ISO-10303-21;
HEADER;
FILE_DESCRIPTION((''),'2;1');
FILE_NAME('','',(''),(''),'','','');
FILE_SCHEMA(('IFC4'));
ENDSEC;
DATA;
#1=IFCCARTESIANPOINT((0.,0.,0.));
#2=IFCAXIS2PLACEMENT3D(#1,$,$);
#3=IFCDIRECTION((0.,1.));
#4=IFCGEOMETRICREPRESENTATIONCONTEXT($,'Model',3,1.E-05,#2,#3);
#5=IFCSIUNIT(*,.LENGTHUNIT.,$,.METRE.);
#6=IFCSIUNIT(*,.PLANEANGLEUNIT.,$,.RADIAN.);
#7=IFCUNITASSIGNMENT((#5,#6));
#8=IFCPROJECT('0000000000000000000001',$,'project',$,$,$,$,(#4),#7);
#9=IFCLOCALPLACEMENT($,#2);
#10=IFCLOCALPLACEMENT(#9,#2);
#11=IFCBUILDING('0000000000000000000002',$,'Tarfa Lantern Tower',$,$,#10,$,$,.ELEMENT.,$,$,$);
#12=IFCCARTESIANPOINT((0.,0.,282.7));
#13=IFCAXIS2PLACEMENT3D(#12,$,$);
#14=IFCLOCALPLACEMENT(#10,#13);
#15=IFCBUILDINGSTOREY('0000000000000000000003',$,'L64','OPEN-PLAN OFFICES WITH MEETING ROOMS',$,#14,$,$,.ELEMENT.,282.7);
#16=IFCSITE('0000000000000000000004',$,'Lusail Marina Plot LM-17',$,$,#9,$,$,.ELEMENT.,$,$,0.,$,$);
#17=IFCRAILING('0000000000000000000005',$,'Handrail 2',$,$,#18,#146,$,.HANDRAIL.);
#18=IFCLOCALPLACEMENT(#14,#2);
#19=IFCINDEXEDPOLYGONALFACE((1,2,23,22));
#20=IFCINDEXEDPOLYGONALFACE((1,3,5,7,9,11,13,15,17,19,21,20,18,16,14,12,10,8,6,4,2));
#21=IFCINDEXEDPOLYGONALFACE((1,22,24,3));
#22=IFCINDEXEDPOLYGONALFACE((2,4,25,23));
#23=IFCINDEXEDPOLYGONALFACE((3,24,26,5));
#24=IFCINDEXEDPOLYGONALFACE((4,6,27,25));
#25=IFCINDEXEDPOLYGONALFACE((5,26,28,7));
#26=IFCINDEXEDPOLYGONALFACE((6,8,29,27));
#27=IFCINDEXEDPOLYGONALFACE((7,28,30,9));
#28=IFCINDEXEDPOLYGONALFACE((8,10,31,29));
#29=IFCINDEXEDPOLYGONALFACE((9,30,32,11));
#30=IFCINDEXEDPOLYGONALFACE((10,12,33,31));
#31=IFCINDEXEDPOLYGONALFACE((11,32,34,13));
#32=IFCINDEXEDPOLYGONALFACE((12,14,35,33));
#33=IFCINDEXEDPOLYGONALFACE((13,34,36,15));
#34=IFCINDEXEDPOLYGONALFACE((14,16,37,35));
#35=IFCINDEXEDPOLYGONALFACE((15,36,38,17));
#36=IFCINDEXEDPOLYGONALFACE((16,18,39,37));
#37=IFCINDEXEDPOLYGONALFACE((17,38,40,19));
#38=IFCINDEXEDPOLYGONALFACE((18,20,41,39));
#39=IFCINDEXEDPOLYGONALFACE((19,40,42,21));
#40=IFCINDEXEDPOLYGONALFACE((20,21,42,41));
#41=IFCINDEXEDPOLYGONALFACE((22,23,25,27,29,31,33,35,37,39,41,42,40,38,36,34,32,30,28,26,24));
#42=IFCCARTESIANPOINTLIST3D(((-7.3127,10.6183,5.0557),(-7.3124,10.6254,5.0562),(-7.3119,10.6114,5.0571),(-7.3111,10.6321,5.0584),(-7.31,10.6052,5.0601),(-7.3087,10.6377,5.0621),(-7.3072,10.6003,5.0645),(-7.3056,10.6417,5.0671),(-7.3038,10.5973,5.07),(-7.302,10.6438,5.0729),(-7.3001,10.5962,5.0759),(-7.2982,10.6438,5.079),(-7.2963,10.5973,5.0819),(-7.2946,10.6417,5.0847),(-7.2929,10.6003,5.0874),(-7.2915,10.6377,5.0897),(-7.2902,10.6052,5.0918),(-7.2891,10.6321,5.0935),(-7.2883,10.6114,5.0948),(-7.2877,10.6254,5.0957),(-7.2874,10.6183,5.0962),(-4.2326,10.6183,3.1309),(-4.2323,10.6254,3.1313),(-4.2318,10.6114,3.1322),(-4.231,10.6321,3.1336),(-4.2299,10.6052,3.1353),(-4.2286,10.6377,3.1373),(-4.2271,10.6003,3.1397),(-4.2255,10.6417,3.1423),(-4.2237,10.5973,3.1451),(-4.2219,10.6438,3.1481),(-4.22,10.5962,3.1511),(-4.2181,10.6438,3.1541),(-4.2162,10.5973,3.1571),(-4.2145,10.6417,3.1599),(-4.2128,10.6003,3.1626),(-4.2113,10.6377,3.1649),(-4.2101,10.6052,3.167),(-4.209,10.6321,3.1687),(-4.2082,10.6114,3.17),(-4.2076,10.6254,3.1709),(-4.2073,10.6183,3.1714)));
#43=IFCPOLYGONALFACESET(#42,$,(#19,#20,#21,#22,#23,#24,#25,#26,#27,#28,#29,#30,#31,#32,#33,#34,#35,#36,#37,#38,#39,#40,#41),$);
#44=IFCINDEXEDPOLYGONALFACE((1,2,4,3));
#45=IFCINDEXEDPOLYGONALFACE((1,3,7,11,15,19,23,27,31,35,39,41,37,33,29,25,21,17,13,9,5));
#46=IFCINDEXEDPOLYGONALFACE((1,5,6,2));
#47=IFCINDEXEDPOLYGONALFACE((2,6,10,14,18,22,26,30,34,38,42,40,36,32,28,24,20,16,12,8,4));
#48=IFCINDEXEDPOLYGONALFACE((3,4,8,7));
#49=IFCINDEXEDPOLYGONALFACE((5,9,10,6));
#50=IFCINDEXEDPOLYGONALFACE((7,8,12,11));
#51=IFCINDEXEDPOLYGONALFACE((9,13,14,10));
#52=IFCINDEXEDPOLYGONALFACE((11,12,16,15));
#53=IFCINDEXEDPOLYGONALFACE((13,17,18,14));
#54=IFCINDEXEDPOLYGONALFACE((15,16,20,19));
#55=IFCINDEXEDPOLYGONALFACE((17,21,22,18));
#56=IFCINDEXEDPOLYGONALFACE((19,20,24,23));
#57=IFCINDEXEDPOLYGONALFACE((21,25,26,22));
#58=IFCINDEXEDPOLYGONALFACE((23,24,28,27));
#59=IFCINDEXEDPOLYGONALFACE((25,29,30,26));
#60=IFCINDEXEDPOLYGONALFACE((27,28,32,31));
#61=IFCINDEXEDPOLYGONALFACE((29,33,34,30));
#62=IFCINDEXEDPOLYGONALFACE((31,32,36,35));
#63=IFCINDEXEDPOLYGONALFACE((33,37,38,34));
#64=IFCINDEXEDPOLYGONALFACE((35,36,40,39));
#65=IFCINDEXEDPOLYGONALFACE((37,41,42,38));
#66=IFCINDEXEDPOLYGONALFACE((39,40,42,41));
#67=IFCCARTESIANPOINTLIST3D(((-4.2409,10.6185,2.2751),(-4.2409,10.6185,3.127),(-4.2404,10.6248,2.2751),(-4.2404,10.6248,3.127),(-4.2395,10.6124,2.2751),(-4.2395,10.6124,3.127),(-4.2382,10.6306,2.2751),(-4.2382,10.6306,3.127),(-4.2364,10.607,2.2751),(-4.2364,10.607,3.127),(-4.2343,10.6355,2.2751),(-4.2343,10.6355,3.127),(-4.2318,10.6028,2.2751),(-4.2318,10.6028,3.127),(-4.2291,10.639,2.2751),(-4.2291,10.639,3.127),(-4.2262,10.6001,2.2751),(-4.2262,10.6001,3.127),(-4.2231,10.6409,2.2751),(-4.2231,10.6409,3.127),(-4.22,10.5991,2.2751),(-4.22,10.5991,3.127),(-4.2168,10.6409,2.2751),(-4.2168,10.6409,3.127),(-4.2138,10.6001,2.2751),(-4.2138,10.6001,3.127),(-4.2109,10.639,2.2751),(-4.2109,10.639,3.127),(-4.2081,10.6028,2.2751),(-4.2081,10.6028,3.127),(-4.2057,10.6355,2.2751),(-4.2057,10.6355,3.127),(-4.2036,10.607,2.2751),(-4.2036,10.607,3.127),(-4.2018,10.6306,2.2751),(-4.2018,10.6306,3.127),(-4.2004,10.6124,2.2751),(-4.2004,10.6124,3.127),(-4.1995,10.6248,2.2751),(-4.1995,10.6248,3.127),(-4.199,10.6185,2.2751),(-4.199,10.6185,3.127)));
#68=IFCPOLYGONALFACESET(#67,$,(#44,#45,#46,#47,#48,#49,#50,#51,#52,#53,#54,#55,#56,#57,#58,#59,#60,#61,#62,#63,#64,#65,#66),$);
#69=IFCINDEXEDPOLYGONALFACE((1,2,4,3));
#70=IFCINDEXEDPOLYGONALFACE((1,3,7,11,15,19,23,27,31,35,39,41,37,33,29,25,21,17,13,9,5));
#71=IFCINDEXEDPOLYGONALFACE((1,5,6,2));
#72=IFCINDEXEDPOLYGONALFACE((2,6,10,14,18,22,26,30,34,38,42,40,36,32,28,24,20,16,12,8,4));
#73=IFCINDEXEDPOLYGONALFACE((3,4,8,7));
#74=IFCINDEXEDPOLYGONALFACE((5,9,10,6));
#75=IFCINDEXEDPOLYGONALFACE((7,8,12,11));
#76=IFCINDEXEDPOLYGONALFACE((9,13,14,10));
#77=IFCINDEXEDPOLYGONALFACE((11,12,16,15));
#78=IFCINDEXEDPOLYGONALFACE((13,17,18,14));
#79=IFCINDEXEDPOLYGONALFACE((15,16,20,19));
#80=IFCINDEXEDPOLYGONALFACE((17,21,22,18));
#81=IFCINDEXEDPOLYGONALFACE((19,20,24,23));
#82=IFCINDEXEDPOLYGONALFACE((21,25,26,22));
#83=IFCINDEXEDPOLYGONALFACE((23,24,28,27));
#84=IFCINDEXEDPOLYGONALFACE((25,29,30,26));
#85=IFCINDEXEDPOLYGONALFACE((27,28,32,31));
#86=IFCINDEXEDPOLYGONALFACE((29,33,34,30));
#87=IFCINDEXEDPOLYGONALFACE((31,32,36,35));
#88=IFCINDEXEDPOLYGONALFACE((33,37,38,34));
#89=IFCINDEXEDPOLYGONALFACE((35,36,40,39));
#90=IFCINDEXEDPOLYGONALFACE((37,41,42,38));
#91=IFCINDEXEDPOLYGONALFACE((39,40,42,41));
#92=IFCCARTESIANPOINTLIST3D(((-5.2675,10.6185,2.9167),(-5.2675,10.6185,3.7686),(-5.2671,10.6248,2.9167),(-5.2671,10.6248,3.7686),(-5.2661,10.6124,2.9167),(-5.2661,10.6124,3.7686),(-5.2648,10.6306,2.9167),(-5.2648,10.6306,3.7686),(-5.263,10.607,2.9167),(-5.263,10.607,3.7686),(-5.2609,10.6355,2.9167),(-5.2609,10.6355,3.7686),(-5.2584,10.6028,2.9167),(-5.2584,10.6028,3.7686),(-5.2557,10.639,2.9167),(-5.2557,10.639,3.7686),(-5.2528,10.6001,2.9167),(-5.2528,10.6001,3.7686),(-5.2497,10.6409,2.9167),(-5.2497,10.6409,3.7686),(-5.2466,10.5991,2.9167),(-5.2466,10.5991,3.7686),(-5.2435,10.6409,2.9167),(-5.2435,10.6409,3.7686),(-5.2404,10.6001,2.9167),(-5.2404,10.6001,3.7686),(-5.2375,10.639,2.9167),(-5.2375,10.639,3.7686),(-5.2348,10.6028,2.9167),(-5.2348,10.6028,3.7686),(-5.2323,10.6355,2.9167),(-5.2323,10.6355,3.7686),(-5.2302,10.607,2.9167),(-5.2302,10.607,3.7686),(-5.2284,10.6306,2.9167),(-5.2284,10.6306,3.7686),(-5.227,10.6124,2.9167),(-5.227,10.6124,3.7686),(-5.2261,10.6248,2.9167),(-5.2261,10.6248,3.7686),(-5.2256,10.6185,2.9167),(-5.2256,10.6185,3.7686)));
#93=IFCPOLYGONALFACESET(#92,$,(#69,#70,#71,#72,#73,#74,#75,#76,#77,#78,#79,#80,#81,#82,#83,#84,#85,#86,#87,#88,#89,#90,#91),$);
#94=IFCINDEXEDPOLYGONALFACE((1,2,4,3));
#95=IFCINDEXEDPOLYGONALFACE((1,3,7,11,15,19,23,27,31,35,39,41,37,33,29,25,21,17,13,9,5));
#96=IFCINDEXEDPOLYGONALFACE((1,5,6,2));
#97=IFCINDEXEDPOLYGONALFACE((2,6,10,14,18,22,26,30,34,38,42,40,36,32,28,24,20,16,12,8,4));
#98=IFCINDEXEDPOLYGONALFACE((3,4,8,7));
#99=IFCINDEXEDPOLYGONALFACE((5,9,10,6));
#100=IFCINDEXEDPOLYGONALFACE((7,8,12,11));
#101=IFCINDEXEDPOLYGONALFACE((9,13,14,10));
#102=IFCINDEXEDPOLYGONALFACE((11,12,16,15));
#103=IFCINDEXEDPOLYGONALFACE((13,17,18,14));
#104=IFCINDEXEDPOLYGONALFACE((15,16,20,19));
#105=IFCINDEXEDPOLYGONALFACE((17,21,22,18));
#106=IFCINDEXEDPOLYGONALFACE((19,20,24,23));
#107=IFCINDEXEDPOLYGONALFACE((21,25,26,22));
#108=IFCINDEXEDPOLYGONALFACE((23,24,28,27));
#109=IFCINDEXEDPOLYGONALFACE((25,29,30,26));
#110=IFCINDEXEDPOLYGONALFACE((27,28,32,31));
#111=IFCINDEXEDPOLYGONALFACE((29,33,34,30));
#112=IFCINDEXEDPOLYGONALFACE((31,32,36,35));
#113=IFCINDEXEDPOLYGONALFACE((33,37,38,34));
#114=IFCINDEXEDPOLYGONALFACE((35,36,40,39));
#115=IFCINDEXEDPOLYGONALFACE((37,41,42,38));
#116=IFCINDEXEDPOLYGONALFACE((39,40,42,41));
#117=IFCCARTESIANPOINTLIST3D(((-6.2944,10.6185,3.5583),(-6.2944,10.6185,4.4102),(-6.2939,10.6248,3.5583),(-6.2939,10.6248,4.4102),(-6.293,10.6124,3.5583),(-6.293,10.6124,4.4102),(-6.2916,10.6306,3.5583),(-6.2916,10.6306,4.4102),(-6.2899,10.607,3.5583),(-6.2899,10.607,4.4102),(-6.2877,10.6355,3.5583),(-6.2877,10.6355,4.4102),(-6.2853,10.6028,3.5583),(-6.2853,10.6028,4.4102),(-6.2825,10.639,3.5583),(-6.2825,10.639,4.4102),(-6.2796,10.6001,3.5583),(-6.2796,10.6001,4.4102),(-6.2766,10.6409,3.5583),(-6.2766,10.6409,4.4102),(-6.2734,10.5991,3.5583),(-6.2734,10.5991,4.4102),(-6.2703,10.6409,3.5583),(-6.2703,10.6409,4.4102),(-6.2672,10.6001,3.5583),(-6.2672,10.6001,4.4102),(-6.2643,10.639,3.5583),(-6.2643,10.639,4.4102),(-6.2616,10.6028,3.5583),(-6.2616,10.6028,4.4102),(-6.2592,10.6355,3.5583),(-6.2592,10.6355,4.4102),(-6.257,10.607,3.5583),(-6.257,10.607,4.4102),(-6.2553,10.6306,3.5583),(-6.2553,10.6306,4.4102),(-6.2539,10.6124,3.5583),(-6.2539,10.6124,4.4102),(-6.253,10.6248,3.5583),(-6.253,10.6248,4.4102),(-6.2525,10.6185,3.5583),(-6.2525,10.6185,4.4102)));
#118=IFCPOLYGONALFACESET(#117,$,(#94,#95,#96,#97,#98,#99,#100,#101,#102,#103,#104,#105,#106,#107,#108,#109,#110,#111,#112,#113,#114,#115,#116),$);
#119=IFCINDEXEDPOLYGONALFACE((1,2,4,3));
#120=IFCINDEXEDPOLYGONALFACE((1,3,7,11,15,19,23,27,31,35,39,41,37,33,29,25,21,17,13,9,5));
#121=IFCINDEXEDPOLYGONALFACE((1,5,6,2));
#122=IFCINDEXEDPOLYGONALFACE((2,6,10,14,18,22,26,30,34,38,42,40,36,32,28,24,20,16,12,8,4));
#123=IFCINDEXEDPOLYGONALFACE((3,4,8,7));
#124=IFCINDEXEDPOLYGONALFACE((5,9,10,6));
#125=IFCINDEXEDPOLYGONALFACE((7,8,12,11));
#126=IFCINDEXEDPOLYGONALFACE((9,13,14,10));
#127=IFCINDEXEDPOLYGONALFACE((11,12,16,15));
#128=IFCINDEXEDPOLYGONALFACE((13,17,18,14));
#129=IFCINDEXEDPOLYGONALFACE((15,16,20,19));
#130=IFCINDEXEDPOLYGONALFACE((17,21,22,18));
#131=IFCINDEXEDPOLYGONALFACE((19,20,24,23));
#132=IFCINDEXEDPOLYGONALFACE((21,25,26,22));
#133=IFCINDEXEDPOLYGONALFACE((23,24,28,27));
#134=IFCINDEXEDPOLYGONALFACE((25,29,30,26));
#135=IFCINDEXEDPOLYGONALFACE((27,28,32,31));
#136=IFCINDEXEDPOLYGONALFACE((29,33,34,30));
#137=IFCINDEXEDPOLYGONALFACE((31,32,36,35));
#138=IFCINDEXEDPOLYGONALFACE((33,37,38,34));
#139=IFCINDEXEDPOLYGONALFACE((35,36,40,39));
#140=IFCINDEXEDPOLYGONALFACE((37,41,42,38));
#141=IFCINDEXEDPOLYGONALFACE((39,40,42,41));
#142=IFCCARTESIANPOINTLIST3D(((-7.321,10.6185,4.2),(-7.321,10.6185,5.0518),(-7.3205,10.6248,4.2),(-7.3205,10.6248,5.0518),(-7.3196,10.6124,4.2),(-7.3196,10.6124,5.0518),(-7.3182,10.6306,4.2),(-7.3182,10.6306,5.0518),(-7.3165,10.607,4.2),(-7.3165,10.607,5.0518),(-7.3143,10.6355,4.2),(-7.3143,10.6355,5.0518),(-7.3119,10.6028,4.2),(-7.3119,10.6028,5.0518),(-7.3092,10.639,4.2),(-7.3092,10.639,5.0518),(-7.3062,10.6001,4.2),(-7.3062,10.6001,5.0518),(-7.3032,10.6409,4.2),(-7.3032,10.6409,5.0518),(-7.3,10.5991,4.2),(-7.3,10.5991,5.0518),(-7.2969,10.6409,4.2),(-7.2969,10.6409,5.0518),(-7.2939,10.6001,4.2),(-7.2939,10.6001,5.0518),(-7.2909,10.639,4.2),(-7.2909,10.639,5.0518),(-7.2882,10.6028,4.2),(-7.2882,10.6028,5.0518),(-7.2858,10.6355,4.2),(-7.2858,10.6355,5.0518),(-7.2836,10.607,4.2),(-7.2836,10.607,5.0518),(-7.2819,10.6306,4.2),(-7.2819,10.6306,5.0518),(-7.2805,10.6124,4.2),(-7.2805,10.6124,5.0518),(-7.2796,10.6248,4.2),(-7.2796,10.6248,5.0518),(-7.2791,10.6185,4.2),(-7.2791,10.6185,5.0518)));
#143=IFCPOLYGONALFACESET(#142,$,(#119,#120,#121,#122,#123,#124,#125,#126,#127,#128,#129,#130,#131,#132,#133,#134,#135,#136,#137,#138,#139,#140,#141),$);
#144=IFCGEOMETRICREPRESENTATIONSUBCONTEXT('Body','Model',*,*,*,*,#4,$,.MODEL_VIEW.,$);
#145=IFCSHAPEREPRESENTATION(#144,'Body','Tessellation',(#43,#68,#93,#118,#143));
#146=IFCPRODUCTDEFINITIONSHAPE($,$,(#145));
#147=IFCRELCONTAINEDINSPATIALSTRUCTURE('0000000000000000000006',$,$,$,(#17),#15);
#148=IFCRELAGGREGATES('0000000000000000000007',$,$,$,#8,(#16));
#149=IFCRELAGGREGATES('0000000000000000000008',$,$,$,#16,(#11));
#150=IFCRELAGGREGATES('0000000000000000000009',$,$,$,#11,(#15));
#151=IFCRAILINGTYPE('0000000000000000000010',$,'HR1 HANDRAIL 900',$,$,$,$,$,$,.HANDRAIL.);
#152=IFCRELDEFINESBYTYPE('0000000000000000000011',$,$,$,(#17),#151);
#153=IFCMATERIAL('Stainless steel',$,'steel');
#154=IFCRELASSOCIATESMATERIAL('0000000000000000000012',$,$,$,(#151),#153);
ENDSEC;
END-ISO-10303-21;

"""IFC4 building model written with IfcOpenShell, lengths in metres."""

from ifc_helpers import new_model, si_unit, direction, frame, origin, origin_2d, place, context, subcontext, project, spatial, circle, extrude, material, type_object, element, save


model = new_model("IFC4")

# Units and contexts
model_context = context("Model", 3, precision=1e-05, world=origin(), true_north=direction((0.0, 1.0)))
body_context = subcontext(model_context, "Body", "Model", "MODEL_VIEW")
ifc_project = project(units=[si_unit("LENGTHUNIT", "METRE"), si_unit("PLANEANGLEUNIT", "RADIAN")], contexts=[model_context])

# Site, building, storey
site_placement = place(None, origin())
site = spatial("IfcSite", under=ifc_project, at=site_placement, Name="Lusail Marina Plot LM-17", CompositionType="ELEMENT", RefElevation=0.0)
building_placement = place(site_placement, origin())
building = spatial("IfcBuilding", under=site, at=building_placement, Name="Tarfa Lantern Tower", CompositionType="ELEMENT")
storey_placement = place(building_placement, frame((0.0, 0.0, 282.7)))
storey = spatial("IfcBuildingStorey", under=building, at=storey_placement, Name="L64", Description="OPEN-PLAN OFFICES WITH MEETING ROOMS", CompositionType="ELEMENT", Elevation=282.7)

# Railing
ifc_material_1 = material(Name="Stainless steel", Category="steel")
railing_type = type_object("IfcRailingType", Name="HR1 HANDRAIL 900", PredefinedType="HANDRAIL", material=ifc_material_1)
railing_1_placement = place(storey_placement, frame((-4.22, 10.6201, 2.2751)))
element("IfcRailing", 1, at=railing_1_placement, inside=storey, type_object=railing_type, Name="Handrail 2", PredefinedType="HANDRAIL", context=body_context, shape_type="SweptSolid", body=[
    extrude(circle(Radius=0.0239, at=origin_2d()), frame((0.0, 0.0, 0.876), z_axis=(-0.848029, 0.0, 0.529951), x_axis=(0.0, -1.0, 0.0)), (0.0, 0.0, 1.0), 3.6321),
    extrude(circle(Radius=0.021, at=origin_2d()), frame((0.0, 0.0, 0.0), z_axis=(0.0, 0.0, 1.0), x_axis=(0.0, -1.0, 0.0)), (0.0, 0.0, 1.0), 0.8518),
    extrude(circle(Radius=0.021, at=origin_2d()), frame((-1.0266, 0.0, 0.6416), z_axis=(0.0, 0.0, 1.0), x_axis=(0.0, -1.0, 0.0)), (0.0, 0.0, 1.0), 0.8518),
    extrude(circle(Radius=0.021, at=origin_2d()), frame((-2.0535, 0.0, 1.2832), z_axis=(0.0, 0.0, 1.0), x_axis=(0.0, -1.0, 0.0)), (0.0, 0.0, 1.0), 0.8518),
    extrude(circle(Radius=0.021, at=origin_2d()), frame((-3.0801, 0.0, 1.9248), z_axis=(0.0, 0.0, 1.0), x_axis=(0.0, -1.0, 0.0)), (0.0, 0.0, 1.0), 0.8518),
])

save(model, "model.ifc")
